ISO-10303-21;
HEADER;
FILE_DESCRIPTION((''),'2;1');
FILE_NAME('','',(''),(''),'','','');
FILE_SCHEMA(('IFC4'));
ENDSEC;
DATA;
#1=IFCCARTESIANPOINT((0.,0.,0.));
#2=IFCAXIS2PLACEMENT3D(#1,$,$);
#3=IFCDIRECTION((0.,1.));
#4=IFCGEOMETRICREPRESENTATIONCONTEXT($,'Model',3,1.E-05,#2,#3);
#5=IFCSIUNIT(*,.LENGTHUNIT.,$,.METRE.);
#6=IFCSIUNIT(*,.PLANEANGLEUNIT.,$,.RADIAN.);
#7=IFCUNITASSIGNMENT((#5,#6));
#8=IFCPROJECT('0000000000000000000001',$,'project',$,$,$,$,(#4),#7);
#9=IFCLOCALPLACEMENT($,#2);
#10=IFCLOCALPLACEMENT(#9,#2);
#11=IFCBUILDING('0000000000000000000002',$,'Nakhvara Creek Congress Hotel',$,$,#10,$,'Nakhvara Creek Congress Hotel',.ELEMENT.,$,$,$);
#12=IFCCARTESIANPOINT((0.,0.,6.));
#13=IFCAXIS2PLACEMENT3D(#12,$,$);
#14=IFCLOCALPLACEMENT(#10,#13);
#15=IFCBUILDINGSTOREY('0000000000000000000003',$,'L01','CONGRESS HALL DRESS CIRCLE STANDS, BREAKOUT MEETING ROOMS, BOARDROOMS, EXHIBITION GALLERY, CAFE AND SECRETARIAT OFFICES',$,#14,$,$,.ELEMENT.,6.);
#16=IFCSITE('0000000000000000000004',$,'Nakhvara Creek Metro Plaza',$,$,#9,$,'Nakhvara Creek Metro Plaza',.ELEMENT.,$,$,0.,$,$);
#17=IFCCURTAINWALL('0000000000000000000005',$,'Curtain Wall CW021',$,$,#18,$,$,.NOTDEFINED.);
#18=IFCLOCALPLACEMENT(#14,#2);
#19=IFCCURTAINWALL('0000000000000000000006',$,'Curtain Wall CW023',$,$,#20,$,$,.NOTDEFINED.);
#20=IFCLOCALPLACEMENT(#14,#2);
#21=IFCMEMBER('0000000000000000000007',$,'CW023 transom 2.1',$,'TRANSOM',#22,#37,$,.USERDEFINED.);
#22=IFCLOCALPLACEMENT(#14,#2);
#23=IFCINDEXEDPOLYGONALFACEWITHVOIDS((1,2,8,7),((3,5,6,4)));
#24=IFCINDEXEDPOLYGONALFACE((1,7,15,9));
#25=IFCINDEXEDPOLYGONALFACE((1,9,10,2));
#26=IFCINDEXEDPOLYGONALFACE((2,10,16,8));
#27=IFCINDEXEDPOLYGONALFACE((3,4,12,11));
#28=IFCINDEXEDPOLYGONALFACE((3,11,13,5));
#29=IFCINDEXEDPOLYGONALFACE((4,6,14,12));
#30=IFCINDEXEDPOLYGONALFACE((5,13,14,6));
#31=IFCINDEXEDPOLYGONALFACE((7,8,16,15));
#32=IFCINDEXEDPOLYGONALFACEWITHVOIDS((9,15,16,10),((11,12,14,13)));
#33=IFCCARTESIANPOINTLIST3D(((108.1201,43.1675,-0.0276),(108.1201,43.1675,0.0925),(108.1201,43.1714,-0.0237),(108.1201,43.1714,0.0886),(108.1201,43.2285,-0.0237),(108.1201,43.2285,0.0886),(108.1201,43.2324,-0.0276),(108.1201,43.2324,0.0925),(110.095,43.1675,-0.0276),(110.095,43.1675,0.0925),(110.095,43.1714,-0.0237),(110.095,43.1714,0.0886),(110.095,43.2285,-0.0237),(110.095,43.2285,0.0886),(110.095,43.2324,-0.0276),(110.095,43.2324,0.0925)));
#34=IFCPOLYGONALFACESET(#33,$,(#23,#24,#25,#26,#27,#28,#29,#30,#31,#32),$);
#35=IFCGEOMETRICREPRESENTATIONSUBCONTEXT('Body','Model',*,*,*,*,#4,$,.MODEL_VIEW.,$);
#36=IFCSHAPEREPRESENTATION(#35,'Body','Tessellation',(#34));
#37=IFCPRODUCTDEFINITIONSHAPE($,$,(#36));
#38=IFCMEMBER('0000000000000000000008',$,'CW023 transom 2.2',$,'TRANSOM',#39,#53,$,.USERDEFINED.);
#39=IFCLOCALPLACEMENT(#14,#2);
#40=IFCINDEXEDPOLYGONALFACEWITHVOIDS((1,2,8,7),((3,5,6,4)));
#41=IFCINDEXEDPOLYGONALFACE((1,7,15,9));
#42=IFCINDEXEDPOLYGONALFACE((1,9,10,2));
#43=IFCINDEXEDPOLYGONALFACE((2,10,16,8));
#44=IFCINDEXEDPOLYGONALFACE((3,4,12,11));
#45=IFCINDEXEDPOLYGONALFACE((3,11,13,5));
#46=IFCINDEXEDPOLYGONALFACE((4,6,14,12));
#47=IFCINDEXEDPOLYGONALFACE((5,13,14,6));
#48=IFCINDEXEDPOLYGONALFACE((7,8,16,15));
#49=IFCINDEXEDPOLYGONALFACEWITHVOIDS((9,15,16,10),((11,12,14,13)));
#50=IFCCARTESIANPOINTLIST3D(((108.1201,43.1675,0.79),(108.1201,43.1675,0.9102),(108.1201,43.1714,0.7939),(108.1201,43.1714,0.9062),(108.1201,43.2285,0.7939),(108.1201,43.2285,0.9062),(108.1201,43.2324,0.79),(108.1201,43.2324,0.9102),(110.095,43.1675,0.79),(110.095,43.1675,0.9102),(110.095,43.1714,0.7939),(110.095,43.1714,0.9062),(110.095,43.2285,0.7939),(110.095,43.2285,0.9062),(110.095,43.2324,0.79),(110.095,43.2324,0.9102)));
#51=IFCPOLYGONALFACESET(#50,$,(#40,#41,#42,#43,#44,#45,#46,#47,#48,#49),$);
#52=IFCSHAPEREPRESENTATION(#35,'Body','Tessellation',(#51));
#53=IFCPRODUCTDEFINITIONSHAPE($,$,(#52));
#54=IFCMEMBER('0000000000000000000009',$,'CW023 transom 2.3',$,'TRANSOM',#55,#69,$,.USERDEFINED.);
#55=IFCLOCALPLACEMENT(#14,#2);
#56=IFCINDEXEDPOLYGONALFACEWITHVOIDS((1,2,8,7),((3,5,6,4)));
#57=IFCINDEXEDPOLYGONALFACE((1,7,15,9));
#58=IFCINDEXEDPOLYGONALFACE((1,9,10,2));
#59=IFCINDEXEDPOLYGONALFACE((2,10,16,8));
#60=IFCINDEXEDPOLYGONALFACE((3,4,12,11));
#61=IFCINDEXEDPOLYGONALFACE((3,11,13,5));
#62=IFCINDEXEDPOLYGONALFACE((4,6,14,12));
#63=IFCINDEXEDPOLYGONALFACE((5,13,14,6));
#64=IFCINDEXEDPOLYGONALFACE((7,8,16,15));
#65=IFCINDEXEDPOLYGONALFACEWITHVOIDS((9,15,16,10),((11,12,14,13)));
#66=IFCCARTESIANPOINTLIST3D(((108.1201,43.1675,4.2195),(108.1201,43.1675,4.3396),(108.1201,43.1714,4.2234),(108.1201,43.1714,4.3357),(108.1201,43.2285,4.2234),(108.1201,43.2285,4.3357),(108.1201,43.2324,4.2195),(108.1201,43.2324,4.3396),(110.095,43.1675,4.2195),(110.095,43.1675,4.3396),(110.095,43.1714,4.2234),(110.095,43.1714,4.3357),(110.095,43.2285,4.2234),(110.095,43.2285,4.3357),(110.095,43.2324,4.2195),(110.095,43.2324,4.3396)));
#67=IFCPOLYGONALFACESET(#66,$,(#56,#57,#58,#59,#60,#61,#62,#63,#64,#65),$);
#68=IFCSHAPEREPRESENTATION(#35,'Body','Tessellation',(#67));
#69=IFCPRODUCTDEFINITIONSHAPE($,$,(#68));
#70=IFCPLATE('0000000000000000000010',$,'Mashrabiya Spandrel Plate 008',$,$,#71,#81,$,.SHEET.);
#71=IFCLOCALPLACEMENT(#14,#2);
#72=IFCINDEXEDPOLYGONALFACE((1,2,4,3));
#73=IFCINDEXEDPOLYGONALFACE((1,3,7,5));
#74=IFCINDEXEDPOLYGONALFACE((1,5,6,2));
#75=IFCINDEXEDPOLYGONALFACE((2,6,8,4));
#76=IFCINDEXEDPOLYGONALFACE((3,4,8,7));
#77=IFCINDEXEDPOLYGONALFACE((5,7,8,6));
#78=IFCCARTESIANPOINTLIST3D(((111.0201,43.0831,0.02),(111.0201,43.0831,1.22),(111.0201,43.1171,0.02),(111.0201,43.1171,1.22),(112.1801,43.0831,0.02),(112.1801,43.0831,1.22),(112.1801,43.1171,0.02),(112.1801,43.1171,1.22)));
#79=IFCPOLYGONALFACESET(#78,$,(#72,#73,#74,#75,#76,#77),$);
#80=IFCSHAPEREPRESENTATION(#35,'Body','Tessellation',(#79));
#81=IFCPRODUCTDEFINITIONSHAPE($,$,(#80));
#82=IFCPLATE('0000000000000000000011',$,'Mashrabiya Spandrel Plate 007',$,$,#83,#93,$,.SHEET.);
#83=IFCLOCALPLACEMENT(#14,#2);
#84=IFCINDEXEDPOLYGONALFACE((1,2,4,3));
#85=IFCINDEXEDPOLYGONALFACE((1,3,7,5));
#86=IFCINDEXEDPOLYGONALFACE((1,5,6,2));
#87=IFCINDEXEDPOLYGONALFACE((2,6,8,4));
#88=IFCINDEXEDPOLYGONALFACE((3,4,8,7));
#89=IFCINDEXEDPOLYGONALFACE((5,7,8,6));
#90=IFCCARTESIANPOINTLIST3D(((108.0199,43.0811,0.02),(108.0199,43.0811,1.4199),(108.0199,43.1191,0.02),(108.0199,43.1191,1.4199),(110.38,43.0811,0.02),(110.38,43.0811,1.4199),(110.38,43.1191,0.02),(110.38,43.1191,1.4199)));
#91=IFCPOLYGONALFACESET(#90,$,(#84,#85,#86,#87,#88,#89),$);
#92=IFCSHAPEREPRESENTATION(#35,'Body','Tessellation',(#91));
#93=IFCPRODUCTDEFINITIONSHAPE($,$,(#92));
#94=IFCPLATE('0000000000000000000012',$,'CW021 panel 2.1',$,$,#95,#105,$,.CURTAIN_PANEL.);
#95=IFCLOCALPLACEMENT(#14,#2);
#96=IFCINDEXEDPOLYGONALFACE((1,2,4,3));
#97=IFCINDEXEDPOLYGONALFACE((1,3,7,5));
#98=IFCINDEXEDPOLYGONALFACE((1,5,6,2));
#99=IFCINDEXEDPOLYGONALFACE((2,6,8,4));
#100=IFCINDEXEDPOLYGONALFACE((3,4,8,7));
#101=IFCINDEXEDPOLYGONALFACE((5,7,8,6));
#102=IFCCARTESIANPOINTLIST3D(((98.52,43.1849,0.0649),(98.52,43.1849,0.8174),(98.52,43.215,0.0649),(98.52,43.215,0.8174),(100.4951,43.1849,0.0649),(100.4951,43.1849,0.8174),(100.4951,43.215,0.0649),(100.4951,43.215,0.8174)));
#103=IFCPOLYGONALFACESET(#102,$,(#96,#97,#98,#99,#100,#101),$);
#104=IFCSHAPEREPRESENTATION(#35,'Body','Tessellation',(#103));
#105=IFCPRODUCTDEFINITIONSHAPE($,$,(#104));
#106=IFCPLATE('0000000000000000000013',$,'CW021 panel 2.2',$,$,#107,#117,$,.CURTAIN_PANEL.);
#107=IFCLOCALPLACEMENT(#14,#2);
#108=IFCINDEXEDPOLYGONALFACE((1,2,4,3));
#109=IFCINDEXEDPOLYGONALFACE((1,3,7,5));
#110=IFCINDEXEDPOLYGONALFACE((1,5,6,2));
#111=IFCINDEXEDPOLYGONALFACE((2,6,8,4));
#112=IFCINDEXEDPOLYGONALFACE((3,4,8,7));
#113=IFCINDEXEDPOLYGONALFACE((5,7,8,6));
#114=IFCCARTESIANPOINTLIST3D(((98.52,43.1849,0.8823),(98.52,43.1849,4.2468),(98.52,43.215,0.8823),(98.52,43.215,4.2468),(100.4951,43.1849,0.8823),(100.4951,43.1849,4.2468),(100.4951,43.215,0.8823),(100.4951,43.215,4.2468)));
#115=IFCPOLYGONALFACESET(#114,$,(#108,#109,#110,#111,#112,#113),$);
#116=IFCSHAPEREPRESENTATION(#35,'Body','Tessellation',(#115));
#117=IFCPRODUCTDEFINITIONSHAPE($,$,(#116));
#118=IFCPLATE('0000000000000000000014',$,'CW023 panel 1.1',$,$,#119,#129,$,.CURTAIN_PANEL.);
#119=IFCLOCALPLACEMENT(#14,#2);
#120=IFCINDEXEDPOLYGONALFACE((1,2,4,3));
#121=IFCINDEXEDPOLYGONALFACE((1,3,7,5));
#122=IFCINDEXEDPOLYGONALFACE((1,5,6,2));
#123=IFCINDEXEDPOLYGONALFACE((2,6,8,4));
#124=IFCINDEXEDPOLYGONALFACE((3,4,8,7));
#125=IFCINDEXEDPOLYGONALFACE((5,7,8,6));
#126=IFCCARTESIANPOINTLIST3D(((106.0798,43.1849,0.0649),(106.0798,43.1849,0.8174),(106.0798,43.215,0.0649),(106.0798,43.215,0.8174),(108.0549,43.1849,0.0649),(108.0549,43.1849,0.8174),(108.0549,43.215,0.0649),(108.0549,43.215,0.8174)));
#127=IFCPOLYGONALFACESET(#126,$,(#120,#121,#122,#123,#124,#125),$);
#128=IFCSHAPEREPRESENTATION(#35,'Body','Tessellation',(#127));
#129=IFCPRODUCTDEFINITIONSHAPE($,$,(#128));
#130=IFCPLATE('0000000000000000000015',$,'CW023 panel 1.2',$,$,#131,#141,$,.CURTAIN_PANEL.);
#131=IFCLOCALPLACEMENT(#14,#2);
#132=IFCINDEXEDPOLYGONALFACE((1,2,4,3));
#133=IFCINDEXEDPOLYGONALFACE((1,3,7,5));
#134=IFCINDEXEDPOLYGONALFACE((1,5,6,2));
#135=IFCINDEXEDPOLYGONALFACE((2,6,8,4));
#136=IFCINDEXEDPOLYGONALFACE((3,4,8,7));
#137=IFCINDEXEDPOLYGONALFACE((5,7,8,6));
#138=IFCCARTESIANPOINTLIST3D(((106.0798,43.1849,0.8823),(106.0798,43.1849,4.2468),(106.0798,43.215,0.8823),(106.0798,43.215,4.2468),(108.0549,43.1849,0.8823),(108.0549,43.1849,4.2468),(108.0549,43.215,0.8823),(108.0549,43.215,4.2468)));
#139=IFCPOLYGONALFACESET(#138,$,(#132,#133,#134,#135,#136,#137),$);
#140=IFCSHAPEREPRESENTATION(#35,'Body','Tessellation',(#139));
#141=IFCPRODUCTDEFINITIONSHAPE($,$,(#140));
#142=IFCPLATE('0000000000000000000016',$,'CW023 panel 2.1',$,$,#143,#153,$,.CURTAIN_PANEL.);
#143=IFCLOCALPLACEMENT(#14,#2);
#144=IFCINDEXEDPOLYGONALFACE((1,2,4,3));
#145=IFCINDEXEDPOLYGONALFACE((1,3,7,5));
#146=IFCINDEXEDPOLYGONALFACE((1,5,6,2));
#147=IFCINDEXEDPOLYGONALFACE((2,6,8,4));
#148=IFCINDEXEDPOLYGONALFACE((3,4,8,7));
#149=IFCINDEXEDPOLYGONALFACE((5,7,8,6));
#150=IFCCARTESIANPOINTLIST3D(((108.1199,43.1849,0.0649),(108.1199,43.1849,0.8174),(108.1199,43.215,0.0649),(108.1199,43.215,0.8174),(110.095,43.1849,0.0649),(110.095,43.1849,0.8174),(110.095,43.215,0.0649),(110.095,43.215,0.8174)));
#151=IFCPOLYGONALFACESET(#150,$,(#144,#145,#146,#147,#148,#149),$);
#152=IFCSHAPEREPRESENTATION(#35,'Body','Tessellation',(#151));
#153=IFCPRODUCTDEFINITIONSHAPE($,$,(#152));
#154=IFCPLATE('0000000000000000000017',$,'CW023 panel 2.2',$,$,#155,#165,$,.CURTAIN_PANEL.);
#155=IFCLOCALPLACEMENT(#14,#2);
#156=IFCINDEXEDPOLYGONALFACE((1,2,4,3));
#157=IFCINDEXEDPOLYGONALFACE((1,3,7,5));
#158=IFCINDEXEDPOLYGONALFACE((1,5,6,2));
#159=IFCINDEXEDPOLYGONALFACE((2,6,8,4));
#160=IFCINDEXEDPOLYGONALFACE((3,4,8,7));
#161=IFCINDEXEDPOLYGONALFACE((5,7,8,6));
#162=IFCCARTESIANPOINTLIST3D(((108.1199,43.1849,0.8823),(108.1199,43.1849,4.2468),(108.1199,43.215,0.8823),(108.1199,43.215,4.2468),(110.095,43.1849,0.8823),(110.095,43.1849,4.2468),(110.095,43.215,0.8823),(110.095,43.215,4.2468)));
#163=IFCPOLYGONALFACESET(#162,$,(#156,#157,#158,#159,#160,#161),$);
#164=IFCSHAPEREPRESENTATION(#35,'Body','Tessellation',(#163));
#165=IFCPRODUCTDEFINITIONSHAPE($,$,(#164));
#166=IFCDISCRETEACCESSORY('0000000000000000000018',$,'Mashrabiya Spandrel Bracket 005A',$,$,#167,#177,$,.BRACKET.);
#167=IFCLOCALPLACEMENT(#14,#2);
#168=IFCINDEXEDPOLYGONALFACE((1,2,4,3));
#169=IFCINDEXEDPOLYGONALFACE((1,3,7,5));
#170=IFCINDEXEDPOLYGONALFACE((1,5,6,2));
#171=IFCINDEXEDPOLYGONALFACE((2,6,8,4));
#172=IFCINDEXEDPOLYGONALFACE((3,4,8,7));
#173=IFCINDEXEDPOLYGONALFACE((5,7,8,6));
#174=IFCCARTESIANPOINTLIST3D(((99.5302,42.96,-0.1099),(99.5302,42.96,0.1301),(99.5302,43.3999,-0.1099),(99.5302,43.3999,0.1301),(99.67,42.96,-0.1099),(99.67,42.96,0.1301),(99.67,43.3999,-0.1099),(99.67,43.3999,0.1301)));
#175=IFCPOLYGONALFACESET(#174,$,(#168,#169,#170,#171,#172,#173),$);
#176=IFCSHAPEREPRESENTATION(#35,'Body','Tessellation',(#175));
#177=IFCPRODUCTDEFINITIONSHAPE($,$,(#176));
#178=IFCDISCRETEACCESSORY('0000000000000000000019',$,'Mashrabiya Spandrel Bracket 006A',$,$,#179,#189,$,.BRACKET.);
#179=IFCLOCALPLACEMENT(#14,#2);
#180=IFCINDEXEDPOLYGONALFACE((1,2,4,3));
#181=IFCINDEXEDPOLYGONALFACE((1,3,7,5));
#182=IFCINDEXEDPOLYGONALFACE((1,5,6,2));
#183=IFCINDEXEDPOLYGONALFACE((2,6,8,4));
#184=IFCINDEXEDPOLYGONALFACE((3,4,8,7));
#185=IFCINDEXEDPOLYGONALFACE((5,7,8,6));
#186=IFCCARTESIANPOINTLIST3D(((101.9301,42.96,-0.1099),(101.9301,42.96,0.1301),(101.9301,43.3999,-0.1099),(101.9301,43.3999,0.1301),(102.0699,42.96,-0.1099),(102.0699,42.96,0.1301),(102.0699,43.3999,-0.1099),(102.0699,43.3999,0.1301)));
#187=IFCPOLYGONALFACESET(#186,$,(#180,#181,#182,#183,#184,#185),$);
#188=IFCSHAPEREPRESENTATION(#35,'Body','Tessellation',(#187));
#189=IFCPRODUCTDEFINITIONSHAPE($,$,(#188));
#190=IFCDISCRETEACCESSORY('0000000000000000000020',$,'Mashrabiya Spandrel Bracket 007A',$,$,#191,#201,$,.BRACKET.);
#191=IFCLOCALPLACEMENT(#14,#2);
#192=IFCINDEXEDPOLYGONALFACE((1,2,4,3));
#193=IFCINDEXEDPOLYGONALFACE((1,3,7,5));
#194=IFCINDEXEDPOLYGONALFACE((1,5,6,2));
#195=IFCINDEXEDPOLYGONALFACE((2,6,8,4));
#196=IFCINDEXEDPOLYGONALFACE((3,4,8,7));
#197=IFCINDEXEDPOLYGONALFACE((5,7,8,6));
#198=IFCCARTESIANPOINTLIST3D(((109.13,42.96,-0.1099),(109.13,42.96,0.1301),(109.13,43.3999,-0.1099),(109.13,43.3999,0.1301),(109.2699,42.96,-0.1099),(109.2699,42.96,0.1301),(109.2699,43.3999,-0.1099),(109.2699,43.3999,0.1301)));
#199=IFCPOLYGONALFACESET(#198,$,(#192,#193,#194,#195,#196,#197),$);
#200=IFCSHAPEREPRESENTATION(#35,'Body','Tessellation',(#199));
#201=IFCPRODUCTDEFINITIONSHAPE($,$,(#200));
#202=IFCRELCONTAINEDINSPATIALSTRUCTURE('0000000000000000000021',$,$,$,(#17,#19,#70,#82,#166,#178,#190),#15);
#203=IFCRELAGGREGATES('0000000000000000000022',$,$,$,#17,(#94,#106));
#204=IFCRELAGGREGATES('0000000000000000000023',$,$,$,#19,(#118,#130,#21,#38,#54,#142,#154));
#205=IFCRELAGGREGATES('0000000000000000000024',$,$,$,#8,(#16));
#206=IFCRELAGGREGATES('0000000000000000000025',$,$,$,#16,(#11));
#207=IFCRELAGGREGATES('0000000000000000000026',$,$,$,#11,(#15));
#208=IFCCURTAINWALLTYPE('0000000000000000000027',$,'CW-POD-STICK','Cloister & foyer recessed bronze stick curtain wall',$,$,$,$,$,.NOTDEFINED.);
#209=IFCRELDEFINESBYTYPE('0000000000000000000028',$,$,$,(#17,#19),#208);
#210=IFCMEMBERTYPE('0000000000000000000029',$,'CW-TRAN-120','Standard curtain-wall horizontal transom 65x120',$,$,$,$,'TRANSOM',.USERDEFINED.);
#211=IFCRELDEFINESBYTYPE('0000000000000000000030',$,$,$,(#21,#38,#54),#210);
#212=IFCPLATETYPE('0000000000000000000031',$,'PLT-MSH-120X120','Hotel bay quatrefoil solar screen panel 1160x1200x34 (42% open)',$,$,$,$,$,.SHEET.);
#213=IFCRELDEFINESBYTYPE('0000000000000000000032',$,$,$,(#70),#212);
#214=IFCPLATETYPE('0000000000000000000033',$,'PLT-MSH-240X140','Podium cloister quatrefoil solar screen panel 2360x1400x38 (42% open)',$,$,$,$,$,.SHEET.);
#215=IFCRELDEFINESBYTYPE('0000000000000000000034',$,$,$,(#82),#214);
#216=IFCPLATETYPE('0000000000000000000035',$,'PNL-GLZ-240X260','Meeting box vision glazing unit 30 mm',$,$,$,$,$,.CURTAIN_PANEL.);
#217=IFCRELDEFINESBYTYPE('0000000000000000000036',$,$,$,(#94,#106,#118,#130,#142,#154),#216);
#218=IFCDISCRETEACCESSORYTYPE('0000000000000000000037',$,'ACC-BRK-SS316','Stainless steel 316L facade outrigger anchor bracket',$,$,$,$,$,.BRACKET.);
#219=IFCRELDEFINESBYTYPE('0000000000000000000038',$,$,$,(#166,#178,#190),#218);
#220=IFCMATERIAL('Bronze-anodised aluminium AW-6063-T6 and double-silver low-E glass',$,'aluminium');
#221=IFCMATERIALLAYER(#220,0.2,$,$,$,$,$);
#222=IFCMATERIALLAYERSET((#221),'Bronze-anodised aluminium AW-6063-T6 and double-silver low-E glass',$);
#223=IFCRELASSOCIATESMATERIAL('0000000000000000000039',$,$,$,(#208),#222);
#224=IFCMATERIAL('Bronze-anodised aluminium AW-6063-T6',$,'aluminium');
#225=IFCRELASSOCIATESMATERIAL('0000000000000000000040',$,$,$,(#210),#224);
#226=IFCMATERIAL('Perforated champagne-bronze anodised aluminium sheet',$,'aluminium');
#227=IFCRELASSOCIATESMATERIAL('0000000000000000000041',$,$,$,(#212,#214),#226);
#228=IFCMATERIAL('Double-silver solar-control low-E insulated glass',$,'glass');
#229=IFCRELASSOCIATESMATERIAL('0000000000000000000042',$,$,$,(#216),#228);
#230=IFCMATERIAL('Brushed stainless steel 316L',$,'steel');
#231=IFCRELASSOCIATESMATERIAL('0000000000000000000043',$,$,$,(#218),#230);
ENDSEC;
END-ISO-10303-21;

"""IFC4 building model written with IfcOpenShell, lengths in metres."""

from ifc_helpers import new_model, si_unit, direction, frame, origin, origin_2d, place, context, subcontext, project, spatial, rectangle, hollow_rectangle, extrude, material, layer, layer_set, material_profile, profile_set, type_object, element, aggregate, save


model = new_model("IFC4")

# Units and contexts
model_context = context("Model", 3, precision=1e-05, world=origin(), true_north=direction((0.0, 1.0)))
body_context = subcontext(model_context, "Body", "Model", "MODEL_VIEW")
ifc_project = project(units=[si_unit("LENGTHUNIT", "METRE"), si_unit("PLANEANGLEUNIT", "RADIAN")], contexts=[model_context])

# Site, building, storey
site_placement = place(None, origin())
site = spatial("IfcSite", under=ifc_project, at=site_placement, Name="Nakhvara Creek Metro Plaza", LongName="Nakhvara Creek Metro Plaza", CompositionType="ELEMENT", RefElevation=0.0)
building_placement = place(site_placement, origin())
building = spatial("IfcBuilding", under=site, at=building_placement, Name="Nakhvara Creek Congress Hotel", LongName="Nakhvara Creek Congress Hotel", CompositionType="ELEMENT")
storey_placement = place(building_placement, frame((0.0, 0.0, 6.0)))
storey = spatial("IfcBuildingStorey", under=building, at=storey_placement, Name="L01", Description="CONGRESS HALL DRESS CIRCLE STANDS, BREAKOUT MEETING ROOMS, BOARDROOMS, EXHIBITION GALLERY, CAFE AND SECRETARIAT OFFICES", CompositionType="ELEMENT", Elevation=6.0)

# Curtain wall
ifc_material_1 = material(Name="Bronze-anodised aluminium AW-6063-T6 and double-silver low-E glass", Category="aluminium")
ifc_layer = layer(ifc_material_1, 0.2)
ifc_layer_set = layer_set([ifc_layer], Name="Bronze-anodised aluminium AW-6063-T6 and double-silver low-E glass")
curtain_wall_type = type_object("IfcCurtainWallType", Name="CW-POD-STICK", Description="Cloister & foyer recessed bronze stick curtain wall", PredefinedType="NOTDEFINED", material=ifc_layer_set)
curtain_wall_1_placement = place(storey_placement, origin())
curtain_wall_1 = element("IfcCurtainWall", 1, at=curtain_wall_1_placement, inside=storey, type_object=curtain_wall_type, Name="Curtain Wall CW021", PredefinedType="NOTDEFINED")
ifc_material_2 = material(Name="Bronze-anodised aluminium AW-6063-T6", Category="aluminium")

# Curtain wall, members
curtain_wall_2_placement = place(storey_placement, origin())
curtain_wall_2 = element("IfcCurtainWall", 2, at=curtain_wall_2_placement, inside=storey, type_object=curtain_wall_type, Name="Curtain Wall CW023", PredefinedType="NOTDEFINED")
ifc_material_profile_1 = material_profile(ifc_material_2, hollow_rectangle(XDim=0.0649, YDim=0.1201, WallThickness=0.0039, at=origin_2d()), Name="ALU-TRAN 65x120x4", Category="LoadBearing")
ifc_profile_set_1 = profile_set([ifc_material_profile_1], Name="Bronze-anodised aluminium AW-6063-T6")
member_type_1 = type_object("IfcMemberType", Name="CW-TRAN-120", Description="Standard curtain-wall horizontal transom 65x120", ElementType="TRANSOM", PredefinedType="USERDEFINED", material=ifc_profile_set_1)
member_1_placement = place(storey_placement, frame((108.1201, 43.2, 0.0325), z_axis=(1.0, 0.0, 0.0), x_axis=(0.0, 1.0, 0.0)))
member_1 = element("IfcMember", 3, at=member_1_placement, type_object=member_type_1, Name="CW023 transom 2.1", ObjectType="TRANSOM", PredefinedType="USERDEFINED", context=body_context, shape_type="SweptSolid", body=[
    extrude(hollow_rectangle(XDim=0.0649, YDim=0.1201, WallThickness=0.0039, at=origin_2d()), origin(), (0.0, 0.0, 1.0), 1.9749),
])
member_2_placement = place(storey_placement, frame((108.1201, 43.2, 0.8501), z_axis=(1.0, 0.0, 0.0), x_axis=(0.0, 1.0, 0.0)))
member_2 = element("IfcMember", 4, at=member_2_placement, type_object=member_type_1, Name="CW023 transom 2.2", ObjectType="TRANSOM", PredefinedType="USERDEFINED", context=body_context, shape_type="SweptSolid", body=[
    extrude(hollow_rectangle(XDim=0.0649, YDim=0.1201, WallThickness=0.0039, at=origin_2d()), origin(), (0.0, 0.0, 1.0), 1.9749),
])
member_3_placement = place(storey_placement, frame((108.1201, 43.2, 4.2795), z_axis=(1.0, 0.0, 0.0), x_axis=(0.0, 1.0, 0.0)))
member_3 = element("IfcMember", 5, at=member_3_placement, type_object=member_type_1, Name="CW023 transom 2.3", ObjectType="TRANSOM", PredefinedType="USERDEFINED", context=body_context, shape_type="SweptSolid", body=[
    extrude(hollow_rectangle(XDim=0.0649, YDim=0.1201, WallThickness=0.0039, at=origin_2d()), origin(), (0.0, 0.0, 1.0), 1.9749),
])

# Plates
ifc_material_3 = material(Name="Perforated champagne-bronze anodised aluminium sheet", Category="aluminium")
plate_type_1 = type_object("IfcPlateType", Name="PLT-MSH-120X120", Description="Hotel bay quatrefoil solar screen panel 1160x1200x34 (42% open)", PredefinedType="SHEET", material=ifc_material_3)
plate_1_placement = place(storey_placement, frame((111.6001, 43.1001, 0.02), z_axis=(0.0, 0.0, 1.0), x_axis=(1.0, 0.0, 0.0)))
element("IfcPlate", 6, at=plate_1_placement, inside=storey, type_object=plate_type_1, Name="Mashrabiya Spandrel Plate 008", PredefinedType="SHEET", context=body_context, shape_type="SweptSolid", body=[
    extrude(rectangle(XDim=1.1599, YDim=0.0339, at=origin_2d()), origin(), (0.0, 0.0, 1.0), 1.2),
])
plate_type_2 = type_object("IfcPlateType", Name="PLT-MSH-240X140", Description="Podium cloister quatrefoil solar screen panel 2360x1400x38 (42% open)", PredefinedType="SHEET", material=ifc_material_3)
plate_2_placement = place(storey_placement, frame((109.2, 43.1001, 0.02), z_axis=(0.0, 0.0, 1.0), x_axis=(1.0, 0.0, 0.0)))
element("IfcPlate", 7, at=plate_2_placement, inside=storey, type_object=plate_type_2, Name="Mashrabiya Spandrel Plate 007", PredefinedType="SHEET", context=body_context, shape_type="SweptSolid", body=[
    extrude(rectangle(XDim=2.3601, YDim=0.0381, at=origin_2d()), origin(), (0.0, 0.0, 1.0), 1.3999),
])

# Plates
ifc_material_4 = material(Name="Double-silver solar-control low-E insulated glass", Category="glass")
plate_type_3 = type_object("IfcPlateType", Name="PNL-GLZ-240X260", Description="Meeting box vision glazing unit 30 mm", PredefinedType="CURTAIN_PANEL", material=ifc_material_4)
plate_3_placement = place(storey_placement, frame((99.5076, 43.2, 0.0649), z_axis=(0.0, 0.0, 1.0), x_axis=(1.0, 0.0, 0.0)))
plate_3 = element("IfcPlate", 8, at=plate_3_placement, type_object=plate_type_3, Name="CW021 panel 2.1", PredefinedType="CURTAIN_PANEL", context=body_context, shape_type="SweptSolid", body=[
    extrude(rectangle(XDim=1.9751, YDim=0.03, at=origin_2d()), origin(), (0.0, 0.0, 1.0), 0.7524),
])
plate_4_placement = place(storey_placement, frame((99.5076, 43.2, 0.8823), z_axis=(0.0, 0.0, 1.0), x_axis=(1.0, 0.0, 0.0)))
plate_4 = element("IfcPlate", 9, at=plate_4_placement, type_object=plate_type_3, Name="CW021 panel 2.2", PredefinedType="CURTAIN_PANEL", context=body_context, shape_type="SweptSolid", body=[
    extrude(rectangle(XDim=1.9751, YDim=0.03, at=origin_2d()), origin(), (0.0, 0.0, 1.0), 3.3645),
])
aggregate(curtain_wall_1, [plate_3, plate_4])
plate_5_placement = place(storey_placement, frame((107.0674, 43.2, 0.0649), z_axis=(0.0, 0.0, 1.0), x_axis=(1.0, 0.0, 0.0)))
plate_5 = element("IfcPlate", 10, at=plate_5_placement, type_object=plate_type_3, Name="CW023 panel 1.1", PredefinedType="CURTAIN_PANEL", context=body_context, shape_type="SweptSolid", body=[
    extrude(rectangle(XDim=1.9751, YDim=0.03, at=origin_2d()), origin(), (0.0, 0.0, 1.0), 0.7524),
])
plate_6_placement = place(storey_placement, frame((107.0674, 43.2, 0.8823), z_axis=(0.0, 0.0, 1.0), x_axis=(1.0, 0.0, 0.0)))
plate_6 = element("IfcPlate", 11, at=plate_6_placement, type_object=plate_type_3, Name="CW023 panel 1.2", PredefinedType="CURTAIN_PANEL", context=body_context, shape_type="SweptSolid", body=[
    extrude(rectangle(XDim=1.9751, YDim=0.03, at=origin_2d()), origin(), (0.0, 0.0, 1.0), 3.3645),
])
plate_7_placement = place(storey_placement, frame((109.1074, 43.2, 0.0649), z_axis=(0.0, 0.0, 1.0), x_axis=(1.0, 0.0, 0.0)))
plate_7 = element("IfcPlate", 12, at=plate_7_placement, type_object=plate_type_3, Name="CW023 panel 2.1", PredefinedType="CURTAIN_PANEL", context=body_context, shape_type="SweptSolid", body=[
    extrude(rectangle(XDim=1.9751, YDim=0.03, at=origin_2d()), origin(), (0.0, 0.0, 1.0), 0.7524),
])
plate_8_placement = place(storey_placement, frame((109.1074, 43.2, 0.8823), z_axis=(0.0, 0.0, 1.0), x_axis=(1.0, 0.0, 0.0)))
plate_8 = element("IfcPlate", 13, at=plate_8_placement, type_object=plate_type_3, Name="CW023 panel 2.2", PredefinedType="CURTAIN_PANEL", context=body_context, shape_type="SweptSolid", body=[
    extrude(rectangle(XDim=1.9751, YDim=0.03, at=origin_2d()), origin(), (0.0, 0.0, 1.0), 3.3645),
])
aggregate(curtain_wall_2, [plate_5, plate_6, member_1, member_2, member_3, plate_7, plate_8])

# Discrete accessories
ifc_material_5 = material(Name="Brushed stainless steel 316L", Category="steel")
discrete_accessory_type = type_object("IfcDiscreteAccessoryType", Name="ACC-BRK-SS316", Description="Stainless steel 316L facade outrigger anchor bracket", PredefinedType="BRACKET", material=ifc_material_5)
for number, where, z_axis, x_axis, name in (
    (14, (99.6001, 43.1799, -0.1099), (0.0, 0.0, 1.0), (1.0, 0.0, 0.0), "Mashrabiya Spandrel Bracket 005A"),
    (15, (102.0, 43.1799, -0.1099), (0.0, 0.0, 1.0), (1.0, 0.0, 0.0), "Mashrabiya Spandrel Bracket 006A"),
    (16, (109.2, 43.1799, -0.1099), (0.0, 0.0, 1.0), (1.0, 0.0, 0.0), "Mashrabiya Spandrel Bracket 007A"),
):
    element("IfcDiscreteAccessory", number, at=place(storey_placement, frame(where, z_axis=z_axis, x_axis=x_axis)), inside=storey, type_object=discrete_accessory_type, Name=name, PredefinedType="BRACKET", context=body_context, shape_type="SweptSolid", body=[
        extrude(rectangle(XDim=0.1399, YDim=0.4399, at=origin_2d()), origin(), (0.0, 0.0, 1.0), 0.24),
    ])

save(model, "model.ifc")
